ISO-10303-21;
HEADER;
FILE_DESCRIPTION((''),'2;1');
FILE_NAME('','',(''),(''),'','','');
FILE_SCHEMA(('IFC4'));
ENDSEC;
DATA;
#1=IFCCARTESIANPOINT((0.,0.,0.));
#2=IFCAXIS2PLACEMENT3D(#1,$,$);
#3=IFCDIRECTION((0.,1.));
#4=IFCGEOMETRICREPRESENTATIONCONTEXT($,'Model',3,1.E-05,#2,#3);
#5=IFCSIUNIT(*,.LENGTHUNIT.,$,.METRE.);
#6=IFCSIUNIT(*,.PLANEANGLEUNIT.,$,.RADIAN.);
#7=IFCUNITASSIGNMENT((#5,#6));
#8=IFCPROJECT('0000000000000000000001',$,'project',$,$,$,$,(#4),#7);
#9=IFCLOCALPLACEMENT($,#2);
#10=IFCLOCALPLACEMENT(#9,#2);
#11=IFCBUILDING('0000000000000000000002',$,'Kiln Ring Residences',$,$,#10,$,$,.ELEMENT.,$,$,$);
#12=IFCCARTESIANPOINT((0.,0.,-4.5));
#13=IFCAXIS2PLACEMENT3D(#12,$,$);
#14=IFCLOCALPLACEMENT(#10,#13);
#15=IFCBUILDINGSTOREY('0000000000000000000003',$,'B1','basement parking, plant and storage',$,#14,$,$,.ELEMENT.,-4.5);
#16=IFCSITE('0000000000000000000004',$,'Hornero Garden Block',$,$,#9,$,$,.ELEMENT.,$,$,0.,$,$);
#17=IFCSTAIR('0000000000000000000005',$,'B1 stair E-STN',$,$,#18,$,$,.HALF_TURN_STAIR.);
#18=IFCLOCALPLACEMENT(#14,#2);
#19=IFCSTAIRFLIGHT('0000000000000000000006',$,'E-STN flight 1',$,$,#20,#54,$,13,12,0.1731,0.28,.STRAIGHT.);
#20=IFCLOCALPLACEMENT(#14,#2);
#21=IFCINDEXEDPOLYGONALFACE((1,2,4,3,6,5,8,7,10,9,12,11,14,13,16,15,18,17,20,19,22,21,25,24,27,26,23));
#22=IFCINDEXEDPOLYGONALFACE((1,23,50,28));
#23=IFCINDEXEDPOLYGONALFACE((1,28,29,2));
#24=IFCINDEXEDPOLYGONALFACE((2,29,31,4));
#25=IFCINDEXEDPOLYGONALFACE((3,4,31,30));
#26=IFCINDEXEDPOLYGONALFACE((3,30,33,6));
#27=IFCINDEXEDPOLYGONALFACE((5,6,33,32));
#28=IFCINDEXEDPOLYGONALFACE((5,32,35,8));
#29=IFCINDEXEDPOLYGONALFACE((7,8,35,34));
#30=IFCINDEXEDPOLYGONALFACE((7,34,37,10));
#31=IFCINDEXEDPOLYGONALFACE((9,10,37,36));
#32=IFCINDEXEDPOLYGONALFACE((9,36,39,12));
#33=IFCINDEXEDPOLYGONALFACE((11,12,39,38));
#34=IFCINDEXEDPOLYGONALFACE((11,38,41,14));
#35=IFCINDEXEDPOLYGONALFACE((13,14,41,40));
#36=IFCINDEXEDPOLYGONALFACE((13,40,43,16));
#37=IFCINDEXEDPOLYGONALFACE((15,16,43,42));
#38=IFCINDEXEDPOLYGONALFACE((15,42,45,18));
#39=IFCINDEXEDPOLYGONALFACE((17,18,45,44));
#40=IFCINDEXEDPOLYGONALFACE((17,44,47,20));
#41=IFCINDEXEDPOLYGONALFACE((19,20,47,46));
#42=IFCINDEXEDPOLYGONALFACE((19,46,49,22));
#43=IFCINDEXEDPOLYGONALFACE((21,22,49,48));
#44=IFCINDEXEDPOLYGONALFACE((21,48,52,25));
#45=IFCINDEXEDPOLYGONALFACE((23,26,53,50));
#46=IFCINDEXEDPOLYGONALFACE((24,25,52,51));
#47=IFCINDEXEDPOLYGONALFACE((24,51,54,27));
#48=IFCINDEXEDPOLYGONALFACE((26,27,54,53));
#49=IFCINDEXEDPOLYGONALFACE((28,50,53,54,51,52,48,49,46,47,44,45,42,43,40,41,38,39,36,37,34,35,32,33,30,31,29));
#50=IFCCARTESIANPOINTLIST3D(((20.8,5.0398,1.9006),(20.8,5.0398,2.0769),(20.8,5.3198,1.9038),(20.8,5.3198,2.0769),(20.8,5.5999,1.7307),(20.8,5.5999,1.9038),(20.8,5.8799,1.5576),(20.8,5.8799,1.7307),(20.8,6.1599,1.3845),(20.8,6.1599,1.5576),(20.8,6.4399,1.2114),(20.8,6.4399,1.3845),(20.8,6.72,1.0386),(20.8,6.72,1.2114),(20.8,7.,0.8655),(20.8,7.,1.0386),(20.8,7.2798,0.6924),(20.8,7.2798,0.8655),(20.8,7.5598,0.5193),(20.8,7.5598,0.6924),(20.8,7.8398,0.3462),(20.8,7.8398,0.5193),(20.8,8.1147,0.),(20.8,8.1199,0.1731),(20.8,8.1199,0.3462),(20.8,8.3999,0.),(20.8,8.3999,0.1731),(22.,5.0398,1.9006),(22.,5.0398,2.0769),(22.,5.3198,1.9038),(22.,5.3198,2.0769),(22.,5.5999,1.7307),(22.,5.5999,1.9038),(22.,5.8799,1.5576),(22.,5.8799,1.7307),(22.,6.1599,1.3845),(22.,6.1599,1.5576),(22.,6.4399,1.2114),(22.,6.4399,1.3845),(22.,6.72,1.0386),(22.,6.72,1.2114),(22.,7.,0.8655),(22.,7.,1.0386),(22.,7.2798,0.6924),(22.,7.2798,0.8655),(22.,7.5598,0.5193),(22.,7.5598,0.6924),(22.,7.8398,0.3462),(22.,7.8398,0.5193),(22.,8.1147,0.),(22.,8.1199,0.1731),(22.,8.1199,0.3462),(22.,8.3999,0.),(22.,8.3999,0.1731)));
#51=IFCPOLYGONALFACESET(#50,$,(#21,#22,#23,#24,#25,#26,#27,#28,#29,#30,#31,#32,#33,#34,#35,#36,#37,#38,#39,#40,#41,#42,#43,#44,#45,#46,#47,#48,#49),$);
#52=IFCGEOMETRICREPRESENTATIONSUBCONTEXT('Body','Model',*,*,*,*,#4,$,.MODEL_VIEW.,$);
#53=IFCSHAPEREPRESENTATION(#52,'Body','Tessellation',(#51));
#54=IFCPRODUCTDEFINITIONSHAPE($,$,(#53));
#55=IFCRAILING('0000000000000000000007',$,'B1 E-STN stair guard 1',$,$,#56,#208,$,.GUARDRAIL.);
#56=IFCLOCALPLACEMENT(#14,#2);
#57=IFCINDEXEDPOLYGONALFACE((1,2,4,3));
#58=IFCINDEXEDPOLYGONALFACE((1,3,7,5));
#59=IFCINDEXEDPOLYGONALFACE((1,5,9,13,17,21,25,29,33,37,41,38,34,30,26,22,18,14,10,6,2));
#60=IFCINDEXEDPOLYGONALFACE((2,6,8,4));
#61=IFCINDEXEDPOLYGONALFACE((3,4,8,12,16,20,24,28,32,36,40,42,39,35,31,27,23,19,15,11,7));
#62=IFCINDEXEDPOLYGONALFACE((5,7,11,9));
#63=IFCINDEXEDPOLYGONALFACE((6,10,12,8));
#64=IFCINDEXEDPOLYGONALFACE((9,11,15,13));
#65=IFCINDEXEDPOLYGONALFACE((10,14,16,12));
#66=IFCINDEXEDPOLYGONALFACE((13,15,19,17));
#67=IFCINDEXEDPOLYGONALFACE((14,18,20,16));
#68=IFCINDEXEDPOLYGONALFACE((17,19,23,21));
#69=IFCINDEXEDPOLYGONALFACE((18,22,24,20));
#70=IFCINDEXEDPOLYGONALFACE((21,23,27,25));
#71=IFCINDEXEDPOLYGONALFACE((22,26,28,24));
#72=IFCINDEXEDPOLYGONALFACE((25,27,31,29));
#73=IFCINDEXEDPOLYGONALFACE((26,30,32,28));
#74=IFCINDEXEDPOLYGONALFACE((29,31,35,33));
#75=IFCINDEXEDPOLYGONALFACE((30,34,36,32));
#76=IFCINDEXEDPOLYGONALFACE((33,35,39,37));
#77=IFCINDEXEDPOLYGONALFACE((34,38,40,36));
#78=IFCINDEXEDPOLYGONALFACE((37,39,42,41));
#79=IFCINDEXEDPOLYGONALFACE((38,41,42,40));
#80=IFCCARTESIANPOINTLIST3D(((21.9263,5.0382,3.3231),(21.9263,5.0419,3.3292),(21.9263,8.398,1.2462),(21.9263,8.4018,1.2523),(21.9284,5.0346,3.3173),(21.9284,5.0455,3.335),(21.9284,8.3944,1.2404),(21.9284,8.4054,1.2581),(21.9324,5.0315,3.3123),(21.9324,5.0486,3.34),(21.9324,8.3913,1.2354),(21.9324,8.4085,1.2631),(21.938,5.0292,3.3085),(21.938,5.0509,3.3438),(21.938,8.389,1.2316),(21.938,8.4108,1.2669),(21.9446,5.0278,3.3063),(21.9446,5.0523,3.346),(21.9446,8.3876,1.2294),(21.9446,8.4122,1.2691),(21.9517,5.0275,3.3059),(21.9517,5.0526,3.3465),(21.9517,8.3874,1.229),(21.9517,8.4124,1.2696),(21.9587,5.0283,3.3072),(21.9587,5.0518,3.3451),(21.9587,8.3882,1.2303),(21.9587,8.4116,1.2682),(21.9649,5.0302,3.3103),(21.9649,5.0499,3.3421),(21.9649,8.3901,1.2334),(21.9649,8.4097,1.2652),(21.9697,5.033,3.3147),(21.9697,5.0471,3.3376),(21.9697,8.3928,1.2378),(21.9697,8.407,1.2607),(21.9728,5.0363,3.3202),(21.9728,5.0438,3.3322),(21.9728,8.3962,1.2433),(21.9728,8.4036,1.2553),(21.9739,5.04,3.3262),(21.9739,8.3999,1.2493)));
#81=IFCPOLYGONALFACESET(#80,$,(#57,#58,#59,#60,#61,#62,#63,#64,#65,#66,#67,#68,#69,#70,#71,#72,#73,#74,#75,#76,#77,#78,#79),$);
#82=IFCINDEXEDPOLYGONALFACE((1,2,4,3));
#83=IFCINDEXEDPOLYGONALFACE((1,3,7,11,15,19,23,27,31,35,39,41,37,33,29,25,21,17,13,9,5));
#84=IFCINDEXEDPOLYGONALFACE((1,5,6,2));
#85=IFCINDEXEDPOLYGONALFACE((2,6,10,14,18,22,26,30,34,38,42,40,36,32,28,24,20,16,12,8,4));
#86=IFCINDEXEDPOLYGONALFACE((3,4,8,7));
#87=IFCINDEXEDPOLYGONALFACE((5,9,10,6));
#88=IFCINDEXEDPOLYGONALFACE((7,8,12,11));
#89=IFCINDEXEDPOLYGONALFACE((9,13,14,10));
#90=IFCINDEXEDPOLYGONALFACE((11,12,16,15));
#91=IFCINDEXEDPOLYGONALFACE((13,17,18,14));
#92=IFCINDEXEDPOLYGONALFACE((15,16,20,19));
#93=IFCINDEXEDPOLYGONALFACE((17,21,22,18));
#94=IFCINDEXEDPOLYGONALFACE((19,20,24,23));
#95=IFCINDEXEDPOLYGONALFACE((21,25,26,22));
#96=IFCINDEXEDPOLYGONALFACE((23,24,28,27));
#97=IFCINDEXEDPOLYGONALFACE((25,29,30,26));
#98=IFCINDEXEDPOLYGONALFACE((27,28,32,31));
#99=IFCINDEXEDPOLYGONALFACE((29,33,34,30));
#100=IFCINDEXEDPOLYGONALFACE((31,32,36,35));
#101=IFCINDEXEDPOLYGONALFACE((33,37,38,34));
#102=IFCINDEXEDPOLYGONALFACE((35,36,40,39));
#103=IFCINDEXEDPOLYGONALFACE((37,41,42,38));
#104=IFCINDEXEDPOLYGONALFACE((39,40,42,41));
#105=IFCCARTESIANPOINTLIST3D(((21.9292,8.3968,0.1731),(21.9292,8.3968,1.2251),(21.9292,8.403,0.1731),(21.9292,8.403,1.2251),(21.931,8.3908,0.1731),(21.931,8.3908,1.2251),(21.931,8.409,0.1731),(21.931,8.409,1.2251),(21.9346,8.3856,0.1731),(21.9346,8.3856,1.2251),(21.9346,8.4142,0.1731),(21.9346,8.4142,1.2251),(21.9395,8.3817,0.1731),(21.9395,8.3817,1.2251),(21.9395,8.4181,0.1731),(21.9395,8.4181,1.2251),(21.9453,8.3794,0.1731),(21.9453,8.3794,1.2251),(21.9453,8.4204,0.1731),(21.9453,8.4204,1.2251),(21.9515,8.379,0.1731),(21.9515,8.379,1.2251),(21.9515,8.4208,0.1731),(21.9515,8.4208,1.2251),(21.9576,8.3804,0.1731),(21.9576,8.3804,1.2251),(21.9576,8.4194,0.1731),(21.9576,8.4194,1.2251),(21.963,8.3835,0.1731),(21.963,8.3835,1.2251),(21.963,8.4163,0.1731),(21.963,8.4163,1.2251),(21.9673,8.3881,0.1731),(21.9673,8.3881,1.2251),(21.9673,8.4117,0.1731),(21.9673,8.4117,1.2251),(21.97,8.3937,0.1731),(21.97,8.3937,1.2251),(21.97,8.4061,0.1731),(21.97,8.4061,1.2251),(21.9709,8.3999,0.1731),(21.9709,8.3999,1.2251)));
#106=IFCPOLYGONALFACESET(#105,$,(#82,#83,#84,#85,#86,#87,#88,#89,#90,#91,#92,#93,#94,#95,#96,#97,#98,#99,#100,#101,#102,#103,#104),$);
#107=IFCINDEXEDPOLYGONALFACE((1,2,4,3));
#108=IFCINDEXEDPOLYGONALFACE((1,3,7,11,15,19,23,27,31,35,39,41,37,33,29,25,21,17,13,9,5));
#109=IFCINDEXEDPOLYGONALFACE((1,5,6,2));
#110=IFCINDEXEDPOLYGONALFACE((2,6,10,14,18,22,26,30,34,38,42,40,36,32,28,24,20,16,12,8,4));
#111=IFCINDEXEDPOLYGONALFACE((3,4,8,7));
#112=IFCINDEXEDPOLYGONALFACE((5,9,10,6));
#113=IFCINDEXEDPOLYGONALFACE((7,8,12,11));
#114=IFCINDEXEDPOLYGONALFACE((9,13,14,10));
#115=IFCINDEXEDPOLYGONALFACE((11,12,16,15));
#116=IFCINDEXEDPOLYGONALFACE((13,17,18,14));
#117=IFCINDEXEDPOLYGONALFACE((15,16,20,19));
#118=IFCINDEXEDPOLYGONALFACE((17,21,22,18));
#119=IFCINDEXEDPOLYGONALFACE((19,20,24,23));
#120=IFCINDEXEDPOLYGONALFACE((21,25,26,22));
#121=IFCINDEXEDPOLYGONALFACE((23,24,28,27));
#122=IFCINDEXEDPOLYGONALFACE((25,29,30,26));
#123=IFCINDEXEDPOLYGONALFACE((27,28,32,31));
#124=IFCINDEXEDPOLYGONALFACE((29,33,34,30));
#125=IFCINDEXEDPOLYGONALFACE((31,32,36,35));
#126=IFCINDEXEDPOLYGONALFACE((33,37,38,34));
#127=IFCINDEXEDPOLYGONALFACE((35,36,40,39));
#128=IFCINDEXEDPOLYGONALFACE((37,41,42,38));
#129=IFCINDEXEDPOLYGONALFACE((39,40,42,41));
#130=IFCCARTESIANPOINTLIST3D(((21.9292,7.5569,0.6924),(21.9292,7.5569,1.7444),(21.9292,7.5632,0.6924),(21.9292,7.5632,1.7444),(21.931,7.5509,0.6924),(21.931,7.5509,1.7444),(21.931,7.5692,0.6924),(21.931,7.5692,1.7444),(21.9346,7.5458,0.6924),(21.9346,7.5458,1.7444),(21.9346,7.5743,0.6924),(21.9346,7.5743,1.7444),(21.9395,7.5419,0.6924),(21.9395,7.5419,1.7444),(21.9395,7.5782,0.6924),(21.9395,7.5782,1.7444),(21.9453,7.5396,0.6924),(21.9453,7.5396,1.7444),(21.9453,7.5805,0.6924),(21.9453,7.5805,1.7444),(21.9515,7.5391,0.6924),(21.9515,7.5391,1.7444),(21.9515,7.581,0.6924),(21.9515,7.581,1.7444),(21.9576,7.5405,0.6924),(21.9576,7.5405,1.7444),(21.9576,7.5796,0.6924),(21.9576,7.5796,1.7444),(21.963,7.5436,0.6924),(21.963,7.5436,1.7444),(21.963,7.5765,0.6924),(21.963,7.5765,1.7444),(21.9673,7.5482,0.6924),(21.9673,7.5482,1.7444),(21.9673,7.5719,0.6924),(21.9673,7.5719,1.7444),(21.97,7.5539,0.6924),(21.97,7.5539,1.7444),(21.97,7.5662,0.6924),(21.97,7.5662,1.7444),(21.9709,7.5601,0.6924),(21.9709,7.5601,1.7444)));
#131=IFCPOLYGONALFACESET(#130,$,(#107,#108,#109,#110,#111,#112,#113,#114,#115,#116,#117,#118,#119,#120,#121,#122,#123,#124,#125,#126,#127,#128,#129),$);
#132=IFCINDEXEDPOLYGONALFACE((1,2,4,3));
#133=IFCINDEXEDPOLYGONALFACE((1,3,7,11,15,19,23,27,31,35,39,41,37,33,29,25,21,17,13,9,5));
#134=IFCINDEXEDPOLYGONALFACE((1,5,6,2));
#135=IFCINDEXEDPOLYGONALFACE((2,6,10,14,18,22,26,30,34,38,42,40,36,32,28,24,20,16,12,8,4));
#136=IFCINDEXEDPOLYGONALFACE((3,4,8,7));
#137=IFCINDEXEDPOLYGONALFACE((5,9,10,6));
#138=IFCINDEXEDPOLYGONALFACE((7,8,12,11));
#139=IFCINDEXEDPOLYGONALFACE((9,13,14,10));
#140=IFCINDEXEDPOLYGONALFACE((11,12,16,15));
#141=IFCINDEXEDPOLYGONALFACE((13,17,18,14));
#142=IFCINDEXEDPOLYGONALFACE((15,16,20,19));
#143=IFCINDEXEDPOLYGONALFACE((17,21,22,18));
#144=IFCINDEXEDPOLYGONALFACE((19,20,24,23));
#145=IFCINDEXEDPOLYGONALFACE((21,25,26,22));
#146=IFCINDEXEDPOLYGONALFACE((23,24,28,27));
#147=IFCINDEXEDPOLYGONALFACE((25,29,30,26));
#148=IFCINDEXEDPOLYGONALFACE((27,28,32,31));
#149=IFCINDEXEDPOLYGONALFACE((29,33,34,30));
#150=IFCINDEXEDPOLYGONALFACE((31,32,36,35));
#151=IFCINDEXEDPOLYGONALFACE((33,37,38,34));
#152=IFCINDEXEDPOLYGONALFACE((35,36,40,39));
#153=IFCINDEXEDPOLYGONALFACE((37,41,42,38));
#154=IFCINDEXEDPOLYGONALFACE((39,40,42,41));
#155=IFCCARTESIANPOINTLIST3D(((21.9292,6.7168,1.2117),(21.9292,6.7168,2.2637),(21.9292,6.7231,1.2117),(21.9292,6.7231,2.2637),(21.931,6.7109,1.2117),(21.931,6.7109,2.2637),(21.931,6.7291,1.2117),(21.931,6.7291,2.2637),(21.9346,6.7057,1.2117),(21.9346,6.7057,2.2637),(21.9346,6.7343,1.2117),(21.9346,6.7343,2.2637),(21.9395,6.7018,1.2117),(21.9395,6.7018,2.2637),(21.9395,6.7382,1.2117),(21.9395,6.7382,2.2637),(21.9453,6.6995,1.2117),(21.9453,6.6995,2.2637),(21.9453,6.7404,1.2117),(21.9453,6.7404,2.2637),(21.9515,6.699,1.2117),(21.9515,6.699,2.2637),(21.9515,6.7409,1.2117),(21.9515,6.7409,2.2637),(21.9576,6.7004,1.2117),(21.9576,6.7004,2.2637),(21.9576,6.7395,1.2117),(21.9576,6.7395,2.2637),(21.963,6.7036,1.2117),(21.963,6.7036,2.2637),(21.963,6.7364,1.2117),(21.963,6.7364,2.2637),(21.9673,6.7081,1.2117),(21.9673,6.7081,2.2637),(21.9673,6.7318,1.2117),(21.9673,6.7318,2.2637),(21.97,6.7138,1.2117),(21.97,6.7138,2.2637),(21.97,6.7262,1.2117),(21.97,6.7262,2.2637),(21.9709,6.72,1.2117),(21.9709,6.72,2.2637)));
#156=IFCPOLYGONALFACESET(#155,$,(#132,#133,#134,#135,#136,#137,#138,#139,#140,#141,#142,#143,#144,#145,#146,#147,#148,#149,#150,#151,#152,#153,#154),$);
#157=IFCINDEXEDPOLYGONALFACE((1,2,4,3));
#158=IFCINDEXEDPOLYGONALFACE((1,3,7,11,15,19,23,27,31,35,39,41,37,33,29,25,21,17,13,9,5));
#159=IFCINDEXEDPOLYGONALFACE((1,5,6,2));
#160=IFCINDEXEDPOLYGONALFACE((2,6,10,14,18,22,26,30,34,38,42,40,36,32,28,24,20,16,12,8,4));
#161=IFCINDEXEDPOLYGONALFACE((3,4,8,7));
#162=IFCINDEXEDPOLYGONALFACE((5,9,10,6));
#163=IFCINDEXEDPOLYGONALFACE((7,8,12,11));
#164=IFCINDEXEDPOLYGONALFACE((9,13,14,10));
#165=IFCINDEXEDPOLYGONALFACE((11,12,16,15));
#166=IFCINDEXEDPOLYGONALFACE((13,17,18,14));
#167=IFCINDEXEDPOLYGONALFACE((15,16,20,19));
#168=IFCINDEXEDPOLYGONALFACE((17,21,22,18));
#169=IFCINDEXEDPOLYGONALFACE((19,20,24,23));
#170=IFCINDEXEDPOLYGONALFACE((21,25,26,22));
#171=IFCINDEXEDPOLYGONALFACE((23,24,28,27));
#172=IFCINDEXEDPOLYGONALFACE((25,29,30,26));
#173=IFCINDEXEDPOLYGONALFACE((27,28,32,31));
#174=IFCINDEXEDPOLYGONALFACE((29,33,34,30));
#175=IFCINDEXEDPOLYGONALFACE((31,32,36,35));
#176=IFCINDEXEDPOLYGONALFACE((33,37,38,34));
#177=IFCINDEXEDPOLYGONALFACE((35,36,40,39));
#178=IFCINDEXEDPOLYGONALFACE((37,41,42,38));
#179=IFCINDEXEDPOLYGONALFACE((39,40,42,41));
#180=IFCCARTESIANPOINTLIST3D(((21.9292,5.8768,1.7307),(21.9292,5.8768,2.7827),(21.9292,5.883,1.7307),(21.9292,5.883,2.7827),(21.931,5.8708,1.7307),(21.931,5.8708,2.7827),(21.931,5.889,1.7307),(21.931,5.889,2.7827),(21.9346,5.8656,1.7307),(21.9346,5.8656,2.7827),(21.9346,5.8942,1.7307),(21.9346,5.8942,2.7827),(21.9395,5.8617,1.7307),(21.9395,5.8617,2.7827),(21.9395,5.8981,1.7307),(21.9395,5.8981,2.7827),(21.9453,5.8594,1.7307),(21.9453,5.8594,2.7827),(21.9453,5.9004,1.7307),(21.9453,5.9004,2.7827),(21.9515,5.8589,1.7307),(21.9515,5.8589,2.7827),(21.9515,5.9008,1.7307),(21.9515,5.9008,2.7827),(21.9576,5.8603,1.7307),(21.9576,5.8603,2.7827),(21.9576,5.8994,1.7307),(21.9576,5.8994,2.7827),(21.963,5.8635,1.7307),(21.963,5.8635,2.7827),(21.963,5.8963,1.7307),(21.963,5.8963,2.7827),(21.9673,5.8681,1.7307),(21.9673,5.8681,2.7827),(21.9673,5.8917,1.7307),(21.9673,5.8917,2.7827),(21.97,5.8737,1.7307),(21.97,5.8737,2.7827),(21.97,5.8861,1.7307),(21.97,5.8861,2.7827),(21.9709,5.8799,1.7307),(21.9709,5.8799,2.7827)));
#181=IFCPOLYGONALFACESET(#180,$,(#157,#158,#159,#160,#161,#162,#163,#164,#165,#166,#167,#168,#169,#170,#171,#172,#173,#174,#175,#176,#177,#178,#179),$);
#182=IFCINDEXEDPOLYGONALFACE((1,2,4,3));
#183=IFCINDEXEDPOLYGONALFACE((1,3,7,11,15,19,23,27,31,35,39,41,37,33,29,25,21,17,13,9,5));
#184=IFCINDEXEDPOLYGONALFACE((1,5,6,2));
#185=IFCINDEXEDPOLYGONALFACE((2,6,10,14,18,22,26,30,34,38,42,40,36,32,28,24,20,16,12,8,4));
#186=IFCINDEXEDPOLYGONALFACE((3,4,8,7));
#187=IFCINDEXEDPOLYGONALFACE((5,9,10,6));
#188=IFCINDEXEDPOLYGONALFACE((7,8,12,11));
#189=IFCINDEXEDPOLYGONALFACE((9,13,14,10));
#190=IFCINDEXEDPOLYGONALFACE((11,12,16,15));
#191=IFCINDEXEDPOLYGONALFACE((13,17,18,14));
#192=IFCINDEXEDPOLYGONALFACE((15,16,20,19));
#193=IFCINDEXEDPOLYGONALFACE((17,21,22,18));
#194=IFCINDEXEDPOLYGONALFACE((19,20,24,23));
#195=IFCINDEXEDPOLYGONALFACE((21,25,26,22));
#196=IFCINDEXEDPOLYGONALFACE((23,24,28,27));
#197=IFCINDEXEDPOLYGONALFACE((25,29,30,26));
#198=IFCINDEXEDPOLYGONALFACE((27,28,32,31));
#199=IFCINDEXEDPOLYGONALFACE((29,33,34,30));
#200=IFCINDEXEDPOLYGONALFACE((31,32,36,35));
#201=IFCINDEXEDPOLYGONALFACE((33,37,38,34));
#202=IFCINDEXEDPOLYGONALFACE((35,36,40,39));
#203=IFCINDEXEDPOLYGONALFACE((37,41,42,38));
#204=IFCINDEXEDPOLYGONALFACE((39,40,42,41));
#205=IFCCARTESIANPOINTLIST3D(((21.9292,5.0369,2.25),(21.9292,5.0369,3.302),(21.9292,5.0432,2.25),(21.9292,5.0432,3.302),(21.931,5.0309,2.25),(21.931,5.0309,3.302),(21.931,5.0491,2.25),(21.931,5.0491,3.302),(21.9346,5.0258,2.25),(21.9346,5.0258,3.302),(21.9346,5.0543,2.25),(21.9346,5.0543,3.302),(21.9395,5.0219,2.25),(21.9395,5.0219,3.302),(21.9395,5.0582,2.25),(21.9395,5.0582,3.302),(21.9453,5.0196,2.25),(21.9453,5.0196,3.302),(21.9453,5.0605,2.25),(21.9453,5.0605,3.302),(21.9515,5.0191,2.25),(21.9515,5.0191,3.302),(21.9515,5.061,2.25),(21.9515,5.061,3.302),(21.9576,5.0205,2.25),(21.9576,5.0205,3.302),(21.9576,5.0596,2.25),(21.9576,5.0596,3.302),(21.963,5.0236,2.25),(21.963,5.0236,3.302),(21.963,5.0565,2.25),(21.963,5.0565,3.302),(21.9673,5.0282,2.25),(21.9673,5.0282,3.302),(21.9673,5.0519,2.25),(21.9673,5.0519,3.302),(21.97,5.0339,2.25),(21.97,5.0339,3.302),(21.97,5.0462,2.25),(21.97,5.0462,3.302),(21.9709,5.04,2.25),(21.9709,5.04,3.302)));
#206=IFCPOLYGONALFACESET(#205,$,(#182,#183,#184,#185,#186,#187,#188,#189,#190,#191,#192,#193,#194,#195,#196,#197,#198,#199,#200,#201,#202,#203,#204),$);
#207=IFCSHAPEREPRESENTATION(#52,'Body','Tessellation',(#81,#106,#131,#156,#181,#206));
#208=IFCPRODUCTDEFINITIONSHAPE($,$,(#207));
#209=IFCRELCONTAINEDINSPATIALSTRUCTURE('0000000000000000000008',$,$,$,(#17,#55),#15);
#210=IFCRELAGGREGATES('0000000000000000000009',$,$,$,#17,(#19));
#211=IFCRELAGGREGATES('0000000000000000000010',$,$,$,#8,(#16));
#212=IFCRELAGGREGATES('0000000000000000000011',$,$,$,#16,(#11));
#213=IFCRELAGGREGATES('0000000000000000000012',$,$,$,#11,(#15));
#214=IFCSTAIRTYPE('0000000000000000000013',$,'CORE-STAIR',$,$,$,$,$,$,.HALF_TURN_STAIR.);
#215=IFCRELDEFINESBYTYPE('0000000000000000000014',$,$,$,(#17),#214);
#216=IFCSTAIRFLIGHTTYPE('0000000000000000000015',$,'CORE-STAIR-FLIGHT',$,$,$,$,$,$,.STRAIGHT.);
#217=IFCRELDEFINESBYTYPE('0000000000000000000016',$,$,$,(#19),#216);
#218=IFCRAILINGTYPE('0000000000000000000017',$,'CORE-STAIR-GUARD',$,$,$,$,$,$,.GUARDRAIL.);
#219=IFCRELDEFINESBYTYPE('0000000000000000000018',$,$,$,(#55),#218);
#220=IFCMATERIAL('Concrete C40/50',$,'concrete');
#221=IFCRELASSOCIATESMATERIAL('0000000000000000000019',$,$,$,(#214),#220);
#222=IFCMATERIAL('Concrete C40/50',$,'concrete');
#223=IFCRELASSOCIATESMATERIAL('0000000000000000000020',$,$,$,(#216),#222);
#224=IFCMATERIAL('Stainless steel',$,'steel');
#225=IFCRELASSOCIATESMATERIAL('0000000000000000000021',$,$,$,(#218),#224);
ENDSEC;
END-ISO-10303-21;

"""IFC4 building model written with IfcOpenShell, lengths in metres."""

from ifc_helpers import new_model, si_unit, direction, frame, origin, origin_2d, place, context, subcontext, project, spatial, polyline, circle, outline, extrude, material, type_object, element, aggregate, save


model = new_model("IFC4")

# Units and contexts
model_context = context("Model", 3, precision=1e-05, world=origin(), true_north=direction((0.0, 1.0)))
body_context = subcontext(model_context, "Body", "Model", "MODEL_VIEW")
ifc_project = project(units=[si_unit("LENGTHUNIT", "METRE"), si_unit("PLANEANGLEUNIT", "RADIAN")], contexts=[model_context])

# Site, building, storey
site_placement = place(None, origin())
site = spatial("IfcSite", under=ifc_project, at=site_placement, Name="Hornero Garden Block", CompositionType="ELEMENT", RefElevation=0.0)
building_placement = place(site_placement, origin())
building = spatial("IfcBuilding", under=site, at=building_placement, Name="Kiln Ring Residences", CompositionType="ELEMENT")
storey_placement = place(building_placement, frame((0.0, 0.0, -4.5)))
storey = spatial("IfcBuildingStorey", under=building, at=storey_placement, Name="B1", Description="basement parking, plant and storage", CompositionType="ELEMENT", Elevation=-4.5)

# Stair, stair flight
ifc_material_1 = material(Name="Concrete C40/50", Category="concrete")
stair_type = type_object("IfcStairType", Name="CORE-STAIR", PredefinedType="HALF_TURN_STAIR", material=ifc_material_1)
stair_placement = place(storey_placement, origin())
stair = element("IfcStair", 1, at=stair_placement, inside=storey, type_object=stair_type, Name="B1 stair E-STN", PredefinedType="HALF_TURN_STAIR")
ifc_material_2 = material(Name="Concrete C40/50", Category="concrete")
stair_flight_type = type_object("IfcStairFlightType", Name="CORE-STAIR-FLIGHT", PredefinedType="STRAIGHT", material=ifc_material_2)
stair_flight_placement = place(storey_placement, frame((21.3999, 8.3999, 0.0), z_axis=(0.0, 0.0, 1.0), x_axis=(0.0, -1.0, 0.0)))
stair_flight = element("IfcStairFlight", 2, at=stair_flight_placement, type_object=stair_flight_type, Name="E-STN flight 1", NumberOfRisers=13, NumberOfTreads=12, PredefinedType="STRAIGHT", RiserHeight=0.1731, TreadLength=0.28, context=body_context, shape_type="SweptSolid", body=[
    extrude(outline(polyline([(0.0, 0.0), (0.0, 0.1731), (0.28, 0.1731), (0.28, 0.3462), (0.5601, 0.3462), (0.5601, 0.5193), (0.8401, 0.5193), (0.8401, 0.6924), (1.1201, 0.6924), (1.1201, 0.8655), (1.3999, 0.8655), (1.3999, 1.0386), (1.6799, 1.0386), (1.6799, 1.2114), (1.96, 1.2114), (1.96, 1.3845), (2.24, 1.3845), (2.24, 1.5576), (2.52, 1.5576), (2.52, 1.7307), (2.8, 1.7307), (2.8, 1.9038), (3.0801, 1.9038), (3.0801, 2.0769), (3.3601, 2.0769), (3.3601, 2.25), (3.3601, 1.9006), (0.2852, 0.0), (0.0, 0.0)])), frame((0.0, 0.6001, 0.0), z_axis=(0.0, -1.0, 0.0), x_axis=(1.0, 0.0, 0.0)), (0.0, 0.0, 1.0), 1.2),
])
aggregate(stair, [stair_flight])

# Railing
ifc_material_3 = material(Name="Stainless steel", Category="steel")
railing_type_1 = type_object("IfcRailingType", Name="CORE-STAIR-GUARD", PredefinedType="GUARDRAIL", material=ifc_material_3)
railing_1_placement = place(storey_placement, frame((21.95, 8.3999, 0.1731)))
element("IfcRailing", 3, at=railing_1_placement, inside=storey, type_object=railing_type_1, Name="B1 E-STN stair guard 1", PredefinedType="GUARDRAIL", context=body_context, shape_type="SweptSolid", body=[
    extrude(circle(Radius=0.0239, at=origin_2d()), frame((0.0, 0.0, 1.0762), z_axis=(0.0, -0.850606, 0.525803), x_axis=(1.0, 0.0, 0.0)), (0.0, 0.0, 1.0), 3.95),
    extrude(circle(Radius=0.021, at=origin_2d()), origin(), (0.0, 0.0, 1.0), 1.052),
    extrude(circle(Radius=0.021, at=origin_2d()), frame((0.0, -0.8398, 0.5193)), (0.0, 0.0, 1.0), 1.052),
    extrude(circle(Radius=0.021, at=origin_2d()), frame((0.0, -1.6799, 1.0386)), (0.0, 0.0, 1.0), 1.052),
    extrude(circle(Radius=0.021, at=origin_2d()), frame((0.0, -2.52, 1.5576)), (0.0, 0.0, 1.0), 1.052),
    extrude(circle(Radius=0.021, at=origin_2d()), frame((0.0, -3.3599, 2.0769)), (0.0, 0.0, 1.0), 1.052),
])

save(model, "model.ifc")
